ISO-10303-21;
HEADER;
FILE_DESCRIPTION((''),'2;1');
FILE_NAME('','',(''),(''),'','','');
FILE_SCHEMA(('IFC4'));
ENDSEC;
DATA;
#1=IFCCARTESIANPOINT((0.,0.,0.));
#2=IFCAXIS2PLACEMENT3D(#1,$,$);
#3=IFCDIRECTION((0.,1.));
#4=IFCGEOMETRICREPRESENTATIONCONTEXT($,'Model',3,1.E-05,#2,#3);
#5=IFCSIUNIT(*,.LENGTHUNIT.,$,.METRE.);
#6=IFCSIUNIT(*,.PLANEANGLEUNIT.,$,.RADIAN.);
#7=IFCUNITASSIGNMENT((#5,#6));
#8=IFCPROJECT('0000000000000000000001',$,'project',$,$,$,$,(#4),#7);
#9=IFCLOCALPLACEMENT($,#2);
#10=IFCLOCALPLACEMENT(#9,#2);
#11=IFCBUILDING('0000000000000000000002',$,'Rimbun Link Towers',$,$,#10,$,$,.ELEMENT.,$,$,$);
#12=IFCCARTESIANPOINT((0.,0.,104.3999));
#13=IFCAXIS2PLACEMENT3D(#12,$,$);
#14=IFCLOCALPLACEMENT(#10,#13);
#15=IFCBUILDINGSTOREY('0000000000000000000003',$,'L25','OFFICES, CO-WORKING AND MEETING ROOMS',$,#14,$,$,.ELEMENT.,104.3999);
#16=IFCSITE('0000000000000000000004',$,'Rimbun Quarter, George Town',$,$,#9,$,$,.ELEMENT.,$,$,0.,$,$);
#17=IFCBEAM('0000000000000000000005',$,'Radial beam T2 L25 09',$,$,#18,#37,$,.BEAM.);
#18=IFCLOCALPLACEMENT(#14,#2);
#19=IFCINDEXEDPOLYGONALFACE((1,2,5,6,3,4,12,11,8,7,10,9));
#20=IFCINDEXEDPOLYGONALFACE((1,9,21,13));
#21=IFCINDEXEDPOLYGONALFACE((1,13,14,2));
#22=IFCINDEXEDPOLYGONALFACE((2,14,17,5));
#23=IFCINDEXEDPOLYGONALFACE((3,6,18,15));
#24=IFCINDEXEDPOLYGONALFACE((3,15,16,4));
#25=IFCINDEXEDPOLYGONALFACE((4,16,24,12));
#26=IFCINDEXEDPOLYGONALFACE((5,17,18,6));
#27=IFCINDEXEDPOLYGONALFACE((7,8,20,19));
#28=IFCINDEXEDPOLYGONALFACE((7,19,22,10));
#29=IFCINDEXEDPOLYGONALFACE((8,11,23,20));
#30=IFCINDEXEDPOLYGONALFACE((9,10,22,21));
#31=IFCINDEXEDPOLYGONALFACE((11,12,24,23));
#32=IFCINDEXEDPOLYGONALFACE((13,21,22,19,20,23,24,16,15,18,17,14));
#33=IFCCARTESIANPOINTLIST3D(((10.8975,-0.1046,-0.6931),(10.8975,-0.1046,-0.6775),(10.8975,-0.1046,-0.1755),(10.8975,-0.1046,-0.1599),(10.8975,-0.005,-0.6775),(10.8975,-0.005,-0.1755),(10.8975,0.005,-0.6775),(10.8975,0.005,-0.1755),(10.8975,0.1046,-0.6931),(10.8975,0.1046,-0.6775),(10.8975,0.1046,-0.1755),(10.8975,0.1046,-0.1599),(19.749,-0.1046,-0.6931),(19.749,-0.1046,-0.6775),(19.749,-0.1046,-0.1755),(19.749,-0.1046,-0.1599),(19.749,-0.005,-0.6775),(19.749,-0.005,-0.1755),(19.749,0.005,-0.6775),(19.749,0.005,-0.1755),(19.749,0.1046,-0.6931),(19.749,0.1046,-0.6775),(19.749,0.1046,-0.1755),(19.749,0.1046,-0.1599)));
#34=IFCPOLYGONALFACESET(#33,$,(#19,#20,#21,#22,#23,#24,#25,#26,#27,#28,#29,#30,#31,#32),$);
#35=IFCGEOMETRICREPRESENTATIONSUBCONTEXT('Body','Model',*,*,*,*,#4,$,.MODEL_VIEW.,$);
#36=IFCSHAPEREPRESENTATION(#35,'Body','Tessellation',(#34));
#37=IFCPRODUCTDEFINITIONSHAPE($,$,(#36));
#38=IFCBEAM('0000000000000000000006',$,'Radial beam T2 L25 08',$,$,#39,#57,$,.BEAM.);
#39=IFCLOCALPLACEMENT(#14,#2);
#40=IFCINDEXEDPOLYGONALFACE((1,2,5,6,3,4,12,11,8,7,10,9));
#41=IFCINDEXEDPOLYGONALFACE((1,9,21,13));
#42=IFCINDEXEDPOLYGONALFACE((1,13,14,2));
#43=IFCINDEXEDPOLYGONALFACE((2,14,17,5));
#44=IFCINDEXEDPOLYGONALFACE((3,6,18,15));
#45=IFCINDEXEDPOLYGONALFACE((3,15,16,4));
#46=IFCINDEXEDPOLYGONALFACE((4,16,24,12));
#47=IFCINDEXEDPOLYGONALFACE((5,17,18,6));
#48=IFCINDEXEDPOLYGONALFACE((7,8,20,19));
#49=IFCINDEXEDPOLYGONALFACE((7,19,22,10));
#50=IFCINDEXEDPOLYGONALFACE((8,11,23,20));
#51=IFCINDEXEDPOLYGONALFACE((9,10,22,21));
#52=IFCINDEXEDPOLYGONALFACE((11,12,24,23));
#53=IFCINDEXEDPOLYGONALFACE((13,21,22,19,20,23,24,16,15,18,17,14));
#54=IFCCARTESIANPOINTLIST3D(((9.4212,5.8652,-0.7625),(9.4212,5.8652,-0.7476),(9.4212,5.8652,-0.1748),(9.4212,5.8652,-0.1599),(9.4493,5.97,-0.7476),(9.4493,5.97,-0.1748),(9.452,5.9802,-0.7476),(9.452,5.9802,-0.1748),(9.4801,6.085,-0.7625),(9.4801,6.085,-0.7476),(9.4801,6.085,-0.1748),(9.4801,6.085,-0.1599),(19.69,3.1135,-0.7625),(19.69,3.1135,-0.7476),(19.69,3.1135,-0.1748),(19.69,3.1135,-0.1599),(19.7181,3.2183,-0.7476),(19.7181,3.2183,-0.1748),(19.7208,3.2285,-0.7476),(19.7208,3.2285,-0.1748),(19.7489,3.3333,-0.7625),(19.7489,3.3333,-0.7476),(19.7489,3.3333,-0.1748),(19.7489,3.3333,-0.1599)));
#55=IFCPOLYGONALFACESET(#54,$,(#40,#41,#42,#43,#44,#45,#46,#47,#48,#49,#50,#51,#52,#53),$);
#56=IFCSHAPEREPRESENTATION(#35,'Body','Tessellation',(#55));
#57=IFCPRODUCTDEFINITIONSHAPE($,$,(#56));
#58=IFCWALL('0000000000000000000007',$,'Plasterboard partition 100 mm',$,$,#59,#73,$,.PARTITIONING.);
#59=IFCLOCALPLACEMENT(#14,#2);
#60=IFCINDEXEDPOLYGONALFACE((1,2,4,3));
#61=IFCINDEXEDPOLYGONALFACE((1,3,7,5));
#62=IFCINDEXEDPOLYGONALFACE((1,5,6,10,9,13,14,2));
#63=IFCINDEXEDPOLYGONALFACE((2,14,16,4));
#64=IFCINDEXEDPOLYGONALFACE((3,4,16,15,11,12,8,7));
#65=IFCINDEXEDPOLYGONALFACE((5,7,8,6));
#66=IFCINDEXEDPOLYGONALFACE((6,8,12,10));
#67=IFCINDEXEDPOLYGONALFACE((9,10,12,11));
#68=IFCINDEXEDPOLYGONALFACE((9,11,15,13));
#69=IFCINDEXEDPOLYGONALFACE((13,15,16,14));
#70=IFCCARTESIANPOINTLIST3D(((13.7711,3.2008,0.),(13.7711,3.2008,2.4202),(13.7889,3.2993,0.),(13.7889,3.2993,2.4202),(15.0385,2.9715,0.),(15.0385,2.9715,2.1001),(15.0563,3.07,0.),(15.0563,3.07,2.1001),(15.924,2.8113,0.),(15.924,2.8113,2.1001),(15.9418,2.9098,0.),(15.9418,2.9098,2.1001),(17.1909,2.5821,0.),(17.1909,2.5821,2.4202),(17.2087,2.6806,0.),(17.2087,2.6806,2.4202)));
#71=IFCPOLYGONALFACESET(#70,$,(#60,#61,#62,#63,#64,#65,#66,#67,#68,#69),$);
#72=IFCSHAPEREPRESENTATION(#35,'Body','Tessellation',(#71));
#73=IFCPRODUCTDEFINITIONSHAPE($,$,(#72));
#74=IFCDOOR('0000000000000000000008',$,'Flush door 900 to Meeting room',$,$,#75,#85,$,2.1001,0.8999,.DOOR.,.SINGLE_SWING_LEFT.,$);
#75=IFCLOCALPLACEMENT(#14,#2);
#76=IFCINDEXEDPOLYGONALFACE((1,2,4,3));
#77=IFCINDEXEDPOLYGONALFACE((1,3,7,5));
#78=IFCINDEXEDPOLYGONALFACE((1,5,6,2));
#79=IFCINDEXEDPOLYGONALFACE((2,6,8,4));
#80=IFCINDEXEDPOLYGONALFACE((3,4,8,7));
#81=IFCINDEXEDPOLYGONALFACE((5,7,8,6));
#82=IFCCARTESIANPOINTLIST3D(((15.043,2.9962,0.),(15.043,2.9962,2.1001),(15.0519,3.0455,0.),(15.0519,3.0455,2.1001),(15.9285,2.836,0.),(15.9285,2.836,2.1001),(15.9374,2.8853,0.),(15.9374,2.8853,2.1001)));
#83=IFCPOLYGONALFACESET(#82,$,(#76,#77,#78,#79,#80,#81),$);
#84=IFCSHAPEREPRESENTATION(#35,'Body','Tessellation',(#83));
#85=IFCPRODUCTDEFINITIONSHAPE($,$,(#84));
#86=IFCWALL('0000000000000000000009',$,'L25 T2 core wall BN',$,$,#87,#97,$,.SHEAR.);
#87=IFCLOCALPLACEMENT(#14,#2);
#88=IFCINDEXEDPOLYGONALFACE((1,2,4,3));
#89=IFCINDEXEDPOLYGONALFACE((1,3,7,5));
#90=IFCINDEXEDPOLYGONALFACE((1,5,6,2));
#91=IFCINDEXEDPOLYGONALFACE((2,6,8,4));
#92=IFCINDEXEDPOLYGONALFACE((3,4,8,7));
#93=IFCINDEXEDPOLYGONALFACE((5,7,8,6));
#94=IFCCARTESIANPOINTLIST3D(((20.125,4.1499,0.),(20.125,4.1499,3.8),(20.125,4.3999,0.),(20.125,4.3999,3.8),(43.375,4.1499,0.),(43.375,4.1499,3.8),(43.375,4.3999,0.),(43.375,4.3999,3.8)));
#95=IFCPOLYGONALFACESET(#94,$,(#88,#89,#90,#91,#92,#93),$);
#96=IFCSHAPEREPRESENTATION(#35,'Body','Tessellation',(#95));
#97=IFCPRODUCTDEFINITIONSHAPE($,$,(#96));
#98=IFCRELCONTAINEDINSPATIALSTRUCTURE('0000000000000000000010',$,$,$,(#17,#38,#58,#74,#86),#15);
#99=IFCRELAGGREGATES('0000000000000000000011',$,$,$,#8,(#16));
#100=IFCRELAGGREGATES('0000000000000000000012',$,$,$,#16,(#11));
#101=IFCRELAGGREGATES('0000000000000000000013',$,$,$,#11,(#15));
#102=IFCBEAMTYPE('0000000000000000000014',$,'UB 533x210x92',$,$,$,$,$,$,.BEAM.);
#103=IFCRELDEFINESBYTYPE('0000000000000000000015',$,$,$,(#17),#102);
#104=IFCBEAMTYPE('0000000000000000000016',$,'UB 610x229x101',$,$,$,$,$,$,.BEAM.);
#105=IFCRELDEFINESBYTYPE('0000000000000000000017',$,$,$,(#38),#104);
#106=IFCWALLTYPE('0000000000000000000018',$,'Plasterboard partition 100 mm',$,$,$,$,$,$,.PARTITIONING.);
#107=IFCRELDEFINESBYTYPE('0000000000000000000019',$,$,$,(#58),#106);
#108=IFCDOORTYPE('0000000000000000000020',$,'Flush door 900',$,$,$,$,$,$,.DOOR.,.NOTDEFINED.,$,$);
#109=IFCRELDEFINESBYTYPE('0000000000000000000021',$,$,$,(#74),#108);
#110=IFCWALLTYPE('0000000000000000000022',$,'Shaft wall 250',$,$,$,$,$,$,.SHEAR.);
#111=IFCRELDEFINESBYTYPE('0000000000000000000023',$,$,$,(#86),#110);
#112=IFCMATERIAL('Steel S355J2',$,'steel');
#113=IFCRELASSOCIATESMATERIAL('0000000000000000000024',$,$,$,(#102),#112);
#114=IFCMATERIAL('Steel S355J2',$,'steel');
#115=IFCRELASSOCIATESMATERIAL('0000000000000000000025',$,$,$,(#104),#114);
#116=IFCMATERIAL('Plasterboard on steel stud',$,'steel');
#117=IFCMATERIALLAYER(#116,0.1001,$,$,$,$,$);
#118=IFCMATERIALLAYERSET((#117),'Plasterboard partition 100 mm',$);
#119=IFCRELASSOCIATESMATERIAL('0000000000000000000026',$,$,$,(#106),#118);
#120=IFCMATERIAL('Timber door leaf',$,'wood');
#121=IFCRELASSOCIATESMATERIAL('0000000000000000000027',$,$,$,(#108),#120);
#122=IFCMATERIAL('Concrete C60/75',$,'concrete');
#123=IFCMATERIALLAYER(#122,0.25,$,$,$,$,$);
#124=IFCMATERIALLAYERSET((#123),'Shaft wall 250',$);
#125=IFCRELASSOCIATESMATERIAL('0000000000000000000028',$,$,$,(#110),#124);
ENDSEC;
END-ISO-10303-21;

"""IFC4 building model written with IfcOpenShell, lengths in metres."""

from ifc_helpers import new_model, si_unit, direction, frame, frame_2d, origin, origin_2d, place, context, subcontext, project, spatial, rectangle, i_section, extrude, material, layer, layer_set, material_profile, profile_set, type_object, element, fill, save


model = new_model("IFC4")

# Units and contexts
model_context = context("Model", 3, precision=1e-05, world=origin(), true_north=direction((0.0, 1.0)))
body_context = subcontext(model_context, "Body", "Model", "MODEL_VIEW")
ifc_project = project(units=[si_unit("LENGTHUNIT", "METRE"), si_unit("PLANEANGLEUNIT", "RADIAN")], contexts=[model_context])

# Site, building, storey
site_placement = place(None, origin())
site = spatial("IfcSite", under=ifc_project, at=site_placement, Name="Rimbun Quarter, George Town", CompositionType="ELEMENT", RefElevation=0.0)
building_placement = place(site_placement, origin())
building = spatial("IfcBuilding", under=site, at=building_placement, Name="Rimbun Link Towers", CompositionType="ELEMENT")
storey_placement = place(building_placement, frame((0.0, 0.0, 104.3999)))
storey = spatial("IfcBuildingStorey", under=building, at=storey_placement, Name="L25", Description="OFFICES, CO-WORKING AND MEETING ROOMS", CompositionType="ELEMENT", Elevation=104.3999)

# Beams
ifc_material_1 = material(Name="Steel S355J2", Category="steel")
ifc_material_profile_1 = material_profile(ifc_material_1, i_section(OverallWidth=0.2092, OverallDepth=0.5332, WebThickness=0.01, FlangeThickness=0.0156, at=origin_2d()), Name="UB 533x210x92")
ifc_profile_set_1 = profile_set([ifc_material_profile_1], Name="Steel S355J2")
beam_type_1 = type_object("IfcBeamType", Name="UB 533x210x92", PredefinedType="BEAM", material=ifc_profile_set_1)
beam_1_placement = place(storey_placement, frame((19.749, 0.0, -0.4265), z_axis=(-1.0, 0.0, 0.0), x_axis=(0.0, -1.0, 0.0)))
element("IfcBeam", 1, at=beam_1_placement, inside=storey, type_object=beam_type_1, Name="Radial beam T2 L25 09", PredefinedType="BEAM", context=body_context, shape_type="SweptSolid", body=[
    extrude(i_section(OverallWidth=0.2092, OverallDepth=0.5332, WebThickness=0.01, FlangeThickness=0.0156, at=origin_2d()), origin(), (0.0, 0.0, 1.0), 8.8516),
])
ifc_material_2 = material(Name="Steel S355J2", Category="steel")
ifc_material_profile_2 = material_profile(ifc_material_2, i_section(OverallWidth=0.2275, OverallDepth=0.6025, WebThickness=0.0105, FlangeThickness=0.0149, at=origin_2d()), Name="UB 610x229x101")
ifc_profile_set_2 = profile_set([ifc_material_profile_2], Name="Steel S355J2")
beam_type_2 = type_object("IfcBeamType", Name="UB 610x229x101", PredefinedType="BEAM", material=ifc_profile_set_2)
beam_2_placement = place(storey_placement, frame((19.7195, 3.2234, -0.4612), z_axis=(-0.965921, 0.258836, 0.0), x_axis=(-0.258836, -0.965921, 0.0)))
element("IfcBeam", 2, at=beam_2_placement, inside=storey, type_object=beam_type_2, Name="Radial beam T2 L25 08", PredefinedType="BEAM", context=body_context, shape_type="SweptSolid", body=[
    extrude(i_section(OverallWidth=0.2275, OverallDepth=0.6025, WebThickness=0.0105, FlangeThickness=0.0149, at=origin_2d()), origin(), (0.0, 0.0, 1.0), 10.6311),
])

# Wall, opening, door
ifc_material_3 = material(Name="Plasterboard on steel stud", Category="steel")
ifc_layer_1 = layer(ifc_material_3, 0.1001)
ifc_layer_set_1 = layer_set([ifc_layer_1], Name="Plasterboard partition 100 mm")
wall_type_1 = type_object("IfcWallType", Name="Plasterboard partition 100 mm", PredefinedType="PARTITIONING", material=ifc_layer_set_1)
wall_1_placement = place(storey_placement, frame((17.2, 2.6313, 0.0), z_axis=(0.0, 0.0, 1.0), x_axis=(-0.984029, 0.178008, 0.0)))
wall_1 = element("IfcWall", 3, at=wall_1_placement, inside=storey, type_object=wall_type_1, Name="Plasterboard partition 100 mm", PredefinedType="PARTITIONING", context=body_context, shape_type="SweptSolid", body=[
    extrude(rectangle(XDim=3.4753, YDim=0.1001, at=frame_2d((1.7378, 0.0))), origin(), (0.0, 0.0, 1.0), 2.4202),
])
opening_1_placement = place(wall_1_placement, frame((1.2876, 0.0, 0.0)))
opening_1 = element("IfcOpeningElement", 4, at=opening_1_placement, cuts=wall_1, PredefinedType="OPENING", context=body_context, shape_type="SweptSolid", body=[
    extrude(rectangle(XDim=0.8999, YDim=2.1001, at=frame_2d((0.45, 1.05))), frame((0.0, 0.0601, 0.0), z_axis=(0.0, -1.0, 0.0), x_axis=(1.0, 0.0, 0.0)), (0.0, 0.0, 1.0), 0.1201),
])
ifc_material_4 = material(Name="Timber door leaf", Category="wood")
door_type_1 = type_object("IfcDoorType", Name="Flush door 900", OperationType="NOTDEFINED", PredefinedType="DOOR", material=ifc_material_4)
door_1_placement = place(opening_1_placement, origin())
door_1 = element("IfcDoor", 5, at=door_1_placement, inside=storey, type_object=door_type_1, Name="Flush door 900 to Meeting room", OperationType="SINGLE_SWING_LEFT", OverallHeight=2.1001, OverallWidth=0.8999, PredefinedType="DOOR", context=body_context, shape_type="SweptSolid", body=[
    extrude(rectangle(XDim=0.8999, YDim=2.1001, at=frame_2d((0.45, 1.05))), frame((0.0, 0.0249, 0.0), z_axis=(0.0, -1.0, 0.0), x_axis=(1.0, 0.0, 0.0)), (0.0, 0.0, 1.0), 0.05),
])
fill(opening_1, door_1)

# Wall
ifc_material_5 = material(Name="Concrete C60/75", Category="concrete")
ifc_layer_2 = layer(ifc_material_5, 0.25)
ifc_layer_set_2 = layer_set([ifc_layer_2], Name="Shaft wall 250")
wall_type_2 = type_object("IfcWallType", Name="Shaft wall 250", PredefinedType="SHEAR", material=ifc_layer_set_2)
wall_2_placement = place(storey_placement, frame((20.125, 4.2749, 0.0), z_axis=(0.0, 0.0, 1.0), x_axis=(1.0, 0.0, 0.0)))
element("IfcWall", 6, at=wall_2_placement, inside=storey, type_object=wall_type_2, Name="L25 T2 core wall BN", PredefinedType="SHEAR", context=body_context, shape_type="SweptSolid", body=[
    extrude(rectangle(XDim=23.25, YDim=0.25, at=frame_2d((11.625, 0.0))), origin(), (0.0, 0.0, 1.0), 3.8),
])

save(model, "model.ifc")
